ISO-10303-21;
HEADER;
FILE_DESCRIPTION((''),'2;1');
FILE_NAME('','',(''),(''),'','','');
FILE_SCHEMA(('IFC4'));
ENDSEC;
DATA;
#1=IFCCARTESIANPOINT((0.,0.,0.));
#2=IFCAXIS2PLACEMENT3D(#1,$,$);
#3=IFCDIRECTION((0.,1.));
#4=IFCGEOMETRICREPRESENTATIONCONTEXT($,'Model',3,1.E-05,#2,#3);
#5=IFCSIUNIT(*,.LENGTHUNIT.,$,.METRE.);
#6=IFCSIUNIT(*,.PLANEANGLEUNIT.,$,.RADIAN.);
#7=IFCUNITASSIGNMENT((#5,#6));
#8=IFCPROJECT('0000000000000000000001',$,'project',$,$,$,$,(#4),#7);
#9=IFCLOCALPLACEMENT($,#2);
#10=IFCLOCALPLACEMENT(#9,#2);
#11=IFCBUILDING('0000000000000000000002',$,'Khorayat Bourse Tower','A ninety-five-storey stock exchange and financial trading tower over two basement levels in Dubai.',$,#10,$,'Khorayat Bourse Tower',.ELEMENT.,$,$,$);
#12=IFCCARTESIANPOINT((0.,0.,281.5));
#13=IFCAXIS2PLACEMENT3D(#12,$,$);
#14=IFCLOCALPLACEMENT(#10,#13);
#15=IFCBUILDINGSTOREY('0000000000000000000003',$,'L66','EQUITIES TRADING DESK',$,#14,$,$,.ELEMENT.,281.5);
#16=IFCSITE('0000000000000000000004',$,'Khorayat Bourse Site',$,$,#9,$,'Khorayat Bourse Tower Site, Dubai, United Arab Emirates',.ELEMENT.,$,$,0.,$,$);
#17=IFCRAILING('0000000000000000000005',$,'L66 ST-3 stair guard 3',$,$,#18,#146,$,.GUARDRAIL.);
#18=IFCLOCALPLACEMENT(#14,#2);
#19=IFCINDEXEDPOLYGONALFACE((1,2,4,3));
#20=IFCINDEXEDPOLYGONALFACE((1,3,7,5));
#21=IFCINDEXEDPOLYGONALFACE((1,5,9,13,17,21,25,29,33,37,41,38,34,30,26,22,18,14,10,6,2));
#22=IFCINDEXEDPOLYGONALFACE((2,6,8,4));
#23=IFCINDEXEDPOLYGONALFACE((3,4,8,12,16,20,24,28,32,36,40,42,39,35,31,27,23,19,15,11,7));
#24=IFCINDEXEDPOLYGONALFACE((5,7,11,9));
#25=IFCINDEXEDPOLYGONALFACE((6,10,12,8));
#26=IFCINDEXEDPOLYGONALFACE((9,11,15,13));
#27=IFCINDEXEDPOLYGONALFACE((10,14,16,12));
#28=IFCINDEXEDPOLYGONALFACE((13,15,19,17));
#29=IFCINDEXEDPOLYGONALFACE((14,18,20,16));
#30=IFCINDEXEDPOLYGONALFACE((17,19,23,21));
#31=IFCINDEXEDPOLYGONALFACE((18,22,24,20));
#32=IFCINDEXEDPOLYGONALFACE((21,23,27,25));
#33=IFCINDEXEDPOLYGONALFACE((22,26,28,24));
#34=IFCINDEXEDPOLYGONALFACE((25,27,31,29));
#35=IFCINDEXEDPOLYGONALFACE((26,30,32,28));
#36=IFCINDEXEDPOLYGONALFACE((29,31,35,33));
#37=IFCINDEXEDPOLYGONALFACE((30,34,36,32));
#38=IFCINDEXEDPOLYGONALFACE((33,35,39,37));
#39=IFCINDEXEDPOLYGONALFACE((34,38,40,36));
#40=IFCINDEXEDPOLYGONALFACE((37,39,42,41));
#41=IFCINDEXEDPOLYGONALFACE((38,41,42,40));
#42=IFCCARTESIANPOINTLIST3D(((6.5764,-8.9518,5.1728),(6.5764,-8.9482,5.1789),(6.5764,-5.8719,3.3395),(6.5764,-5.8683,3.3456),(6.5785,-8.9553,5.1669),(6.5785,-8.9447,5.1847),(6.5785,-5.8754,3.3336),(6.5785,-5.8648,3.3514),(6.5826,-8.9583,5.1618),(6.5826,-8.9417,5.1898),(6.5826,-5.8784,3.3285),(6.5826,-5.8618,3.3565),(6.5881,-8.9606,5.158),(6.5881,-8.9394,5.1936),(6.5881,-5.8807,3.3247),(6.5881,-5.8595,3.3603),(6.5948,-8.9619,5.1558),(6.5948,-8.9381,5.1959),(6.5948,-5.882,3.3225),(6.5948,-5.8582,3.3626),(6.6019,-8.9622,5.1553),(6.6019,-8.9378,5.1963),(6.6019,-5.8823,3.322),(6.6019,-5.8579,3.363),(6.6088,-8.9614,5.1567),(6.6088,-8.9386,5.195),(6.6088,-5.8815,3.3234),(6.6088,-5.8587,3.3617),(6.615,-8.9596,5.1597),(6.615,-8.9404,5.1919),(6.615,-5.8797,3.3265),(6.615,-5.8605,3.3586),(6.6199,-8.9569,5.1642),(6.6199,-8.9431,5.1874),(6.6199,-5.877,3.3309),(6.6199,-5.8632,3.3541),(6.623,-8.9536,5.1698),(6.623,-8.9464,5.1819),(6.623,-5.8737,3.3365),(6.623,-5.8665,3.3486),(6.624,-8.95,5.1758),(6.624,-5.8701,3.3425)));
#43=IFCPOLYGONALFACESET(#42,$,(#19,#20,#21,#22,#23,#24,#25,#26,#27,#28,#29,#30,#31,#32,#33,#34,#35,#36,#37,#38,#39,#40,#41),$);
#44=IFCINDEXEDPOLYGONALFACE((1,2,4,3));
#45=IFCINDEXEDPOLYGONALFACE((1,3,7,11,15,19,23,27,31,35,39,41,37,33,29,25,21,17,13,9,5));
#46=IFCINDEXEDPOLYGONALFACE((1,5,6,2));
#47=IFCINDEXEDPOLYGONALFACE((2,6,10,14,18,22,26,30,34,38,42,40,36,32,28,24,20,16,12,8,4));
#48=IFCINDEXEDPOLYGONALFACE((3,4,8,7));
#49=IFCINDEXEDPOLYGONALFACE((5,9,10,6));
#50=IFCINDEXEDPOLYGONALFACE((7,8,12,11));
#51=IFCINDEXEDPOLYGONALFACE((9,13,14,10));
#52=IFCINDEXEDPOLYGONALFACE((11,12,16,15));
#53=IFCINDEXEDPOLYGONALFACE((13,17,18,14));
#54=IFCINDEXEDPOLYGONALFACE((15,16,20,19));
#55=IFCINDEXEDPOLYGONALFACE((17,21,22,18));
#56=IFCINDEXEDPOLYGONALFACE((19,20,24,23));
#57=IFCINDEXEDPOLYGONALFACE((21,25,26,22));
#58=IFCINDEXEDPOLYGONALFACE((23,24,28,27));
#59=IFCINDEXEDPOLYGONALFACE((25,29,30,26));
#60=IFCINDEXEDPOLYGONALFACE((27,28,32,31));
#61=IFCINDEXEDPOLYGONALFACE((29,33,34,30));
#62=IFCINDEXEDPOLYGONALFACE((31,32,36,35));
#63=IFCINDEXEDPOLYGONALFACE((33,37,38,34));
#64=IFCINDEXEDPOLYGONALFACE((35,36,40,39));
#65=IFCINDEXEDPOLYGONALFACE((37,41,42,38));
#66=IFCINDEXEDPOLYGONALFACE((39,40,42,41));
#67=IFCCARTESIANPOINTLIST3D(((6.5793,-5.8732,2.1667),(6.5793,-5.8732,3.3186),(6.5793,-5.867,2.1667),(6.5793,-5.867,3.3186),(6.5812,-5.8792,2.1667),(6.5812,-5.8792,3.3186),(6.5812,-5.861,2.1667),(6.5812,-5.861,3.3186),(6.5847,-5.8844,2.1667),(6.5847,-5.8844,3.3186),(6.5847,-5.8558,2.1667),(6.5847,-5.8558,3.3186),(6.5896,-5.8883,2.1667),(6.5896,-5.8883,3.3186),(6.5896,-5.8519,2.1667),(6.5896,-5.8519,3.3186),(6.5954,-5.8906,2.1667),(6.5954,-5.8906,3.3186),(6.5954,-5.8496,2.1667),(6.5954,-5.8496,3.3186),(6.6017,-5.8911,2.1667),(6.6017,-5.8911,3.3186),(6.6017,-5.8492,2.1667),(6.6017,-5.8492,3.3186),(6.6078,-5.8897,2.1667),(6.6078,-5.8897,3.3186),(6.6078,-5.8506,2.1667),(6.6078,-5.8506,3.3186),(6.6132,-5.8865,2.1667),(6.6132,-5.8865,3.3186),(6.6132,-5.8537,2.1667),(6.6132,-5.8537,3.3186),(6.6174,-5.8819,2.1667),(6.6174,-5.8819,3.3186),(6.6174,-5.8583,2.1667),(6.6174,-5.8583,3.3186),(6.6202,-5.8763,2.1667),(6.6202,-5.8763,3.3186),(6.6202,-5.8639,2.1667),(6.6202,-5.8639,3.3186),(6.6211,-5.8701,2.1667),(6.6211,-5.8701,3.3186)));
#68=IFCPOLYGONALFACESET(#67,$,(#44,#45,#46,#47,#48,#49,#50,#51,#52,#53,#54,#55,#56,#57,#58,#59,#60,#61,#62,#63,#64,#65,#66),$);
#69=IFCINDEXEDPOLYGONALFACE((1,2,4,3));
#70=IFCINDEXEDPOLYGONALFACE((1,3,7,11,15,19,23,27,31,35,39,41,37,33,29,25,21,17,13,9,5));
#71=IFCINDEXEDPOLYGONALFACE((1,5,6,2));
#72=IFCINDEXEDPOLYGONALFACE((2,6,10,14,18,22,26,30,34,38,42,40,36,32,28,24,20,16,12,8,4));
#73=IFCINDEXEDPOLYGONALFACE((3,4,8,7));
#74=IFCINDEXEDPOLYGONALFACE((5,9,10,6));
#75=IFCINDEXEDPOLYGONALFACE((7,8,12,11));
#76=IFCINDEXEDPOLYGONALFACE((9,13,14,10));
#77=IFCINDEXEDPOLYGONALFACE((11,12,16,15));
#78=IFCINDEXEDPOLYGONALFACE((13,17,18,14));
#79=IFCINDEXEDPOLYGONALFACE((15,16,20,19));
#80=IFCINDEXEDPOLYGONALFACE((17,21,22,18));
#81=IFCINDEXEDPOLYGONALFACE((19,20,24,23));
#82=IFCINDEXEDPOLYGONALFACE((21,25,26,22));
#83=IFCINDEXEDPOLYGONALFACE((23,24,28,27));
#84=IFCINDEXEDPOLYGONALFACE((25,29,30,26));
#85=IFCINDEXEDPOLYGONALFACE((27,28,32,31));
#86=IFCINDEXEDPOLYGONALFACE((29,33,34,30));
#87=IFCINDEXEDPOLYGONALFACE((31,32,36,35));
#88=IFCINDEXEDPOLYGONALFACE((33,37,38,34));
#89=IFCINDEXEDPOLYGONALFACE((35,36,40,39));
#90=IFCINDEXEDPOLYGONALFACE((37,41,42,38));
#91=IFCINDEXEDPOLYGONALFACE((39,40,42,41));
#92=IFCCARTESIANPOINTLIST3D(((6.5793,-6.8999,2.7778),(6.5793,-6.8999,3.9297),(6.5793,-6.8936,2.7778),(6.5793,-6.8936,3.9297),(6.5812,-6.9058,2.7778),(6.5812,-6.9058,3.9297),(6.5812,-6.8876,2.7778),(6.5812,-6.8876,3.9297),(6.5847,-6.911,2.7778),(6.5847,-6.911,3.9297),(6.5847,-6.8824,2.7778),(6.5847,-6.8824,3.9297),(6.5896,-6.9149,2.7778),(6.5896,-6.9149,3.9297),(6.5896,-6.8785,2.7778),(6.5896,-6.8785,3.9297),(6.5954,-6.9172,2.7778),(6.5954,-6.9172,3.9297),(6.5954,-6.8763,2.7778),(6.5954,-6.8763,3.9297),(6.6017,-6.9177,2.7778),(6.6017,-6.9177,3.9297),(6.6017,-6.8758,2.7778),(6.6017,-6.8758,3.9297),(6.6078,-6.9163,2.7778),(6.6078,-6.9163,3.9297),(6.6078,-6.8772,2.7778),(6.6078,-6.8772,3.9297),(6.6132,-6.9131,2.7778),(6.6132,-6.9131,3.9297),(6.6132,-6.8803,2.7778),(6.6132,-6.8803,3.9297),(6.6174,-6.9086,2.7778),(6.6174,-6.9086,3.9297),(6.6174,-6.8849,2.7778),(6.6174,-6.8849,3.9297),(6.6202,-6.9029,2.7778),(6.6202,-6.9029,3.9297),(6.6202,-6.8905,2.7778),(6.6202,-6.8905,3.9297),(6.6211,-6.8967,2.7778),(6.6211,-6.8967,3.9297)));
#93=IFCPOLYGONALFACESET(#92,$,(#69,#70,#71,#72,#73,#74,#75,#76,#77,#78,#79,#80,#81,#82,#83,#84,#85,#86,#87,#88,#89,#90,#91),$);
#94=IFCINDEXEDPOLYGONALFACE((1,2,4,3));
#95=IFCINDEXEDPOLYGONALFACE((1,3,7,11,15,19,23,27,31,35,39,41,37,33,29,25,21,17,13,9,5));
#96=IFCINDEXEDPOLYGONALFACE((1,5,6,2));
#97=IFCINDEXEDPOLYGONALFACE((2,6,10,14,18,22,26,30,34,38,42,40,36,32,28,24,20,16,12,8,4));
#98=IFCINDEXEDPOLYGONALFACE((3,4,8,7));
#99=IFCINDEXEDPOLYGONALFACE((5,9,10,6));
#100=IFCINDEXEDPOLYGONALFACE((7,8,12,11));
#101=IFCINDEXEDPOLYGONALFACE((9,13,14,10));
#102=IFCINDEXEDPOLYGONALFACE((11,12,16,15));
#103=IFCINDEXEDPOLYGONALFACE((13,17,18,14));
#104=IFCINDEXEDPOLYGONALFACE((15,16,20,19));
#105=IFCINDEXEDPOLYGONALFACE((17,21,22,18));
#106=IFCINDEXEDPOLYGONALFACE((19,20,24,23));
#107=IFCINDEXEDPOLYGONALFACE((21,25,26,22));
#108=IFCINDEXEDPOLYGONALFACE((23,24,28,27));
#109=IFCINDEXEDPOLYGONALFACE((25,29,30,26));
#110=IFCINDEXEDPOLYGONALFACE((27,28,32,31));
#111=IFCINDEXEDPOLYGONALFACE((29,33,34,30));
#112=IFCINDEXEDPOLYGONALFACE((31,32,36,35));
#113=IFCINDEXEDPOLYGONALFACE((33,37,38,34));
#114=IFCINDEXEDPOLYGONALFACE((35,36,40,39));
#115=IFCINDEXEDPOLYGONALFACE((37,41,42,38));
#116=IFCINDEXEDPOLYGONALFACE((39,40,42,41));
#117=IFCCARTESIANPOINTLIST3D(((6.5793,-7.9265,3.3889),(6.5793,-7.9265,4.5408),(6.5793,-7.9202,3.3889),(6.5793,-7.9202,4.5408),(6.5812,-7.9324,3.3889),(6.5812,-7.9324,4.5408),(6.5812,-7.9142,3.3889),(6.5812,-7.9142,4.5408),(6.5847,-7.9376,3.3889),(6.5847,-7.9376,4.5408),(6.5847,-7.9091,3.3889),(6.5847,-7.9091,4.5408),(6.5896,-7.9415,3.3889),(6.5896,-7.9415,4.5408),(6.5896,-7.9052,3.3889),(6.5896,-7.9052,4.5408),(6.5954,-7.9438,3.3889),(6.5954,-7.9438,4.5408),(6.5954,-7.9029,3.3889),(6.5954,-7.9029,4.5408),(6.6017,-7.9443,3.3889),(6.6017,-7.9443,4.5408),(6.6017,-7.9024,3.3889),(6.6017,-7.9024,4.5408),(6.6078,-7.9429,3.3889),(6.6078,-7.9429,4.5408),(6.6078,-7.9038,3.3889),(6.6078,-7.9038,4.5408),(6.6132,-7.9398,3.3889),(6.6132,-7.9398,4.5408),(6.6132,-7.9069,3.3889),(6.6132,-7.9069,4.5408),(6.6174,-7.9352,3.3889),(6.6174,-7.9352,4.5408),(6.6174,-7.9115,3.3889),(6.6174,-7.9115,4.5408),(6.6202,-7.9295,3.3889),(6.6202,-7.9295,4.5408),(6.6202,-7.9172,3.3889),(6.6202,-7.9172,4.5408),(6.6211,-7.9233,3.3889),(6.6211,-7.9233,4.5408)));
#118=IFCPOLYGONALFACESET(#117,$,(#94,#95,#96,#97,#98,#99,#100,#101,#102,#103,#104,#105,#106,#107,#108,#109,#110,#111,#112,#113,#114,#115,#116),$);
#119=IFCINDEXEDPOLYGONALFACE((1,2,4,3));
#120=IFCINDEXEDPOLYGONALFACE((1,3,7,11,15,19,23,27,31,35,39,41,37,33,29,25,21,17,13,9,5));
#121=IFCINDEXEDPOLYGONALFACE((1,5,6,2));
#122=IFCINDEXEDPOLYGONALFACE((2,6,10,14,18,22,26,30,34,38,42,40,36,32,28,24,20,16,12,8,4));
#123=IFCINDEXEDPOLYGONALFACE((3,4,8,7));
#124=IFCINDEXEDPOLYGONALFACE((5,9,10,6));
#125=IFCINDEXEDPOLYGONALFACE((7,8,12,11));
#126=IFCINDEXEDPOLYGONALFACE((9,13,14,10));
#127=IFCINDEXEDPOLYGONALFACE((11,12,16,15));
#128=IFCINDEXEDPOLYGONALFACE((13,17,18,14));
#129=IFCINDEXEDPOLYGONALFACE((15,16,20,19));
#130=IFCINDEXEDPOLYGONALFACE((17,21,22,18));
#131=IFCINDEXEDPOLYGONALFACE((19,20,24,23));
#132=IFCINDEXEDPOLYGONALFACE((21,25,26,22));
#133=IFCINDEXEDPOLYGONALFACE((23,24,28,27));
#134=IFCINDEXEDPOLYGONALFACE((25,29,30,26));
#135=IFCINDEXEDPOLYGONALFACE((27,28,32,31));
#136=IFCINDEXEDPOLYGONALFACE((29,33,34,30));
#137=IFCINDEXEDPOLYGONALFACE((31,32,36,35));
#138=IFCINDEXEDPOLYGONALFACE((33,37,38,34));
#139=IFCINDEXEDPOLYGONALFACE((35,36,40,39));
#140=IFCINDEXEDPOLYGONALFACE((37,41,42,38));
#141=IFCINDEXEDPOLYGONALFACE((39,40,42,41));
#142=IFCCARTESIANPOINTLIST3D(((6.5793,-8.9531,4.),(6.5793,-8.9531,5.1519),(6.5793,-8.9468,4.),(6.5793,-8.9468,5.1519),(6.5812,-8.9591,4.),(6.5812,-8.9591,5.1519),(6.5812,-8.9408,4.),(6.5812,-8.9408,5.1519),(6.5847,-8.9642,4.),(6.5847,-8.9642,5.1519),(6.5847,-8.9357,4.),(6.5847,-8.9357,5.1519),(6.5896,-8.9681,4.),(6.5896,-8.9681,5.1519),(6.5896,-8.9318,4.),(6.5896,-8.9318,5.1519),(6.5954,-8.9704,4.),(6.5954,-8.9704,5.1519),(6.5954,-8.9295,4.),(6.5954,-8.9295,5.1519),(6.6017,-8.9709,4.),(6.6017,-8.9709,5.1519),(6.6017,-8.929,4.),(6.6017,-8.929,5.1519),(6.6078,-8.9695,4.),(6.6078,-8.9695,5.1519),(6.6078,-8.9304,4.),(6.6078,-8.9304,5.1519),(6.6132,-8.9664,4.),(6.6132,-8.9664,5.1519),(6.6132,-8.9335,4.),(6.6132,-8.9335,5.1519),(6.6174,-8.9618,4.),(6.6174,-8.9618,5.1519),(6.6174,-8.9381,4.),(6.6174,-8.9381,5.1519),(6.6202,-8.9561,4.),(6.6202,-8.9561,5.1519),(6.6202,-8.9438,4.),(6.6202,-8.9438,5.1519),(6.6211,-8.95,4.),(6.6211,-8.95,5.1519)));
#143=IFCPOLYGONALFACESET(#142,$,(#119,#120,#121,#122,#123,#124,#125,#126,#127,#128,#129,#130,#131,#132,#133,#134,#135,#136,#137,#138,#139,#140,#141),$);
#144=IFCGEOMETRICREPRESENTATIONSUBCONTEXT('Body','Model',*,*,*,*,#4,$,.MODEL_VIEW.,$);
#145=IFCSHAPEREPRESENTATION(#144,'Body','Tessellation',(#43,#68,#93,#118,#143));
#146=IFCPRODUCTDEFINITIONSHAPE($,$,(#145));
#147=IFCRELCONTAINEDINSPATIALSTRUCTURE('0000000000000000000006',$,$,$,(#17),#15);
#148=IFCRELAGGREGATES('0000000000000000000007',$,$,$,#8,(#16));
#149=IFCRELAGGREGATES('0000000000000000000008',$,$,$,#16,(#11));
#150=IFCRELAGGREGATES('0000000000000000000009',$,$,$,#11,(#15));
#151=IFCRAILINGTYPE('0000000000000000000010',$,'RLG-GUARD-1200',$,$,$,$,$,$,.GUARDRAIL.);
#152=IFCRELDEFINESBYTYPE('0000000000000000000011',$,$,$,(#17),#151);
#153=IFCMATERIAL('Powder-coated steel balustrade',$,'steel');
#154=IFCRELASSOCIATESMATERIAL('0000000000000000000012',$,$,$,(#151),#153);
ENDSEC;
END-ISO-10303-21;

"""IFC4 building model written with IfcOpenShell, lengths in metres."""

from ifc_helpers import new_model, si_unit, direction, frame, origin, origin_2d, place, context, subcontext, project, spatial, circle, extrude, source, transform, mapped, material, type_object, element, save


model = new_model("IFC4")

# Units and contexts
model_context = context("Model", 3, precision=1e-05, world=origin(), true_north=direction((0.0, 1.0)))
body_context = subcontext(model_context, "Body", "Model", "MODEL_VIEW")
ifc_project = project(units=[si_unit("LENGTHUNIT", "METRE"), si_unit("PLANEANGLEUNIT", "RADIAN")], contexts=[model_context])

# Site, building, storey
site_placement = place(None, origin())
site = spatial("IfcSite", under=ifc_project, at=site_placement, Name="Khorayat Bourse Site", LongName="Khorayat Bourse Tower Site, Dubai, United Arab Emirates", CompositionType="ELEMENT", RefElevation=0.0)
building_placement = place(site_placement, origin())
building = spatial("IfcBuilding", under=site, at=building_placement, Name="Khorayat Bourse Tower", Description="A ninety-five-storey stock exchange and financial trading tower over two basement levels in Dubai.", LongName="Khorayat Bourse Tower", CompositionType="ELEMENT")
storey_placement = place(building_placement, frame((0.0, 0.0, 281.5)))
storey = spatial("IfcBuildingStorey", under=building, at=storey_placement, Name="L66", Description="EQUITIES TRADING DESK", CompositionType="ELEMENT", Elevation=281.5)

# Railing
ifc_material_1 = material(Name="Powder-coated steel balustrade", Category="steel")
railing_type_1 = type_object("IfcRailingType", Name="RLG-GUARD-1200", PredefinedType="GUARDRAIL", material=ifc_material_1)
shared_shape_1 = source(origin(), body_context, "Body", "SweptSolid", [
    extrude(circle(Radius=0.0239, at=origin_2d()), frame((0.0, 0.0, 1.1758), z_axis=(0.0, -0.859291, 0.511487), x_axis=(1.0, 0.0, 0.0)), (0.0, 0.0, 1.0), 3.5842),
    extrude(circle(Radius=0.021, at=origin_2d()), origin(), (0.0, 0.0, 1.0), 1.1519),
    extrude(circle(Radius=0.021, at=origin_2d()), frame((0.0, -1.0266, 0.6111)), (0.0, 0.0, 1.0), 1.1519),
    extrude(circle(Radius=0.021, at=origin_2d()), frame((0.0, -2.0532, 1.2222)), (0.0, 0.0, 1.0), 1.1519),
    extrude(circle(Radius=0.021, at=origin_2d()), frame((0.0, -3.0798, 1.8333)), (0.0, 0.0, 1.0), 1.1519),
])
railing_1_placement = place(storey_placement, frame((6.6001, -5.8701, 2.1667)))
element("IfcRailing", 1, at=railing_1_placement, inside=storey, type_object=railing_type_1, Name="L66 ST-3 stair guard 3", PredefinedType="GUARDRAIL", context=body_context, shape_type="MappedRepresentation", body=[
    mapped(shared_shape_1, transform((0.0, 0.0, 0.0), scale=1.0)),
])

save(model, "model.ifc")
